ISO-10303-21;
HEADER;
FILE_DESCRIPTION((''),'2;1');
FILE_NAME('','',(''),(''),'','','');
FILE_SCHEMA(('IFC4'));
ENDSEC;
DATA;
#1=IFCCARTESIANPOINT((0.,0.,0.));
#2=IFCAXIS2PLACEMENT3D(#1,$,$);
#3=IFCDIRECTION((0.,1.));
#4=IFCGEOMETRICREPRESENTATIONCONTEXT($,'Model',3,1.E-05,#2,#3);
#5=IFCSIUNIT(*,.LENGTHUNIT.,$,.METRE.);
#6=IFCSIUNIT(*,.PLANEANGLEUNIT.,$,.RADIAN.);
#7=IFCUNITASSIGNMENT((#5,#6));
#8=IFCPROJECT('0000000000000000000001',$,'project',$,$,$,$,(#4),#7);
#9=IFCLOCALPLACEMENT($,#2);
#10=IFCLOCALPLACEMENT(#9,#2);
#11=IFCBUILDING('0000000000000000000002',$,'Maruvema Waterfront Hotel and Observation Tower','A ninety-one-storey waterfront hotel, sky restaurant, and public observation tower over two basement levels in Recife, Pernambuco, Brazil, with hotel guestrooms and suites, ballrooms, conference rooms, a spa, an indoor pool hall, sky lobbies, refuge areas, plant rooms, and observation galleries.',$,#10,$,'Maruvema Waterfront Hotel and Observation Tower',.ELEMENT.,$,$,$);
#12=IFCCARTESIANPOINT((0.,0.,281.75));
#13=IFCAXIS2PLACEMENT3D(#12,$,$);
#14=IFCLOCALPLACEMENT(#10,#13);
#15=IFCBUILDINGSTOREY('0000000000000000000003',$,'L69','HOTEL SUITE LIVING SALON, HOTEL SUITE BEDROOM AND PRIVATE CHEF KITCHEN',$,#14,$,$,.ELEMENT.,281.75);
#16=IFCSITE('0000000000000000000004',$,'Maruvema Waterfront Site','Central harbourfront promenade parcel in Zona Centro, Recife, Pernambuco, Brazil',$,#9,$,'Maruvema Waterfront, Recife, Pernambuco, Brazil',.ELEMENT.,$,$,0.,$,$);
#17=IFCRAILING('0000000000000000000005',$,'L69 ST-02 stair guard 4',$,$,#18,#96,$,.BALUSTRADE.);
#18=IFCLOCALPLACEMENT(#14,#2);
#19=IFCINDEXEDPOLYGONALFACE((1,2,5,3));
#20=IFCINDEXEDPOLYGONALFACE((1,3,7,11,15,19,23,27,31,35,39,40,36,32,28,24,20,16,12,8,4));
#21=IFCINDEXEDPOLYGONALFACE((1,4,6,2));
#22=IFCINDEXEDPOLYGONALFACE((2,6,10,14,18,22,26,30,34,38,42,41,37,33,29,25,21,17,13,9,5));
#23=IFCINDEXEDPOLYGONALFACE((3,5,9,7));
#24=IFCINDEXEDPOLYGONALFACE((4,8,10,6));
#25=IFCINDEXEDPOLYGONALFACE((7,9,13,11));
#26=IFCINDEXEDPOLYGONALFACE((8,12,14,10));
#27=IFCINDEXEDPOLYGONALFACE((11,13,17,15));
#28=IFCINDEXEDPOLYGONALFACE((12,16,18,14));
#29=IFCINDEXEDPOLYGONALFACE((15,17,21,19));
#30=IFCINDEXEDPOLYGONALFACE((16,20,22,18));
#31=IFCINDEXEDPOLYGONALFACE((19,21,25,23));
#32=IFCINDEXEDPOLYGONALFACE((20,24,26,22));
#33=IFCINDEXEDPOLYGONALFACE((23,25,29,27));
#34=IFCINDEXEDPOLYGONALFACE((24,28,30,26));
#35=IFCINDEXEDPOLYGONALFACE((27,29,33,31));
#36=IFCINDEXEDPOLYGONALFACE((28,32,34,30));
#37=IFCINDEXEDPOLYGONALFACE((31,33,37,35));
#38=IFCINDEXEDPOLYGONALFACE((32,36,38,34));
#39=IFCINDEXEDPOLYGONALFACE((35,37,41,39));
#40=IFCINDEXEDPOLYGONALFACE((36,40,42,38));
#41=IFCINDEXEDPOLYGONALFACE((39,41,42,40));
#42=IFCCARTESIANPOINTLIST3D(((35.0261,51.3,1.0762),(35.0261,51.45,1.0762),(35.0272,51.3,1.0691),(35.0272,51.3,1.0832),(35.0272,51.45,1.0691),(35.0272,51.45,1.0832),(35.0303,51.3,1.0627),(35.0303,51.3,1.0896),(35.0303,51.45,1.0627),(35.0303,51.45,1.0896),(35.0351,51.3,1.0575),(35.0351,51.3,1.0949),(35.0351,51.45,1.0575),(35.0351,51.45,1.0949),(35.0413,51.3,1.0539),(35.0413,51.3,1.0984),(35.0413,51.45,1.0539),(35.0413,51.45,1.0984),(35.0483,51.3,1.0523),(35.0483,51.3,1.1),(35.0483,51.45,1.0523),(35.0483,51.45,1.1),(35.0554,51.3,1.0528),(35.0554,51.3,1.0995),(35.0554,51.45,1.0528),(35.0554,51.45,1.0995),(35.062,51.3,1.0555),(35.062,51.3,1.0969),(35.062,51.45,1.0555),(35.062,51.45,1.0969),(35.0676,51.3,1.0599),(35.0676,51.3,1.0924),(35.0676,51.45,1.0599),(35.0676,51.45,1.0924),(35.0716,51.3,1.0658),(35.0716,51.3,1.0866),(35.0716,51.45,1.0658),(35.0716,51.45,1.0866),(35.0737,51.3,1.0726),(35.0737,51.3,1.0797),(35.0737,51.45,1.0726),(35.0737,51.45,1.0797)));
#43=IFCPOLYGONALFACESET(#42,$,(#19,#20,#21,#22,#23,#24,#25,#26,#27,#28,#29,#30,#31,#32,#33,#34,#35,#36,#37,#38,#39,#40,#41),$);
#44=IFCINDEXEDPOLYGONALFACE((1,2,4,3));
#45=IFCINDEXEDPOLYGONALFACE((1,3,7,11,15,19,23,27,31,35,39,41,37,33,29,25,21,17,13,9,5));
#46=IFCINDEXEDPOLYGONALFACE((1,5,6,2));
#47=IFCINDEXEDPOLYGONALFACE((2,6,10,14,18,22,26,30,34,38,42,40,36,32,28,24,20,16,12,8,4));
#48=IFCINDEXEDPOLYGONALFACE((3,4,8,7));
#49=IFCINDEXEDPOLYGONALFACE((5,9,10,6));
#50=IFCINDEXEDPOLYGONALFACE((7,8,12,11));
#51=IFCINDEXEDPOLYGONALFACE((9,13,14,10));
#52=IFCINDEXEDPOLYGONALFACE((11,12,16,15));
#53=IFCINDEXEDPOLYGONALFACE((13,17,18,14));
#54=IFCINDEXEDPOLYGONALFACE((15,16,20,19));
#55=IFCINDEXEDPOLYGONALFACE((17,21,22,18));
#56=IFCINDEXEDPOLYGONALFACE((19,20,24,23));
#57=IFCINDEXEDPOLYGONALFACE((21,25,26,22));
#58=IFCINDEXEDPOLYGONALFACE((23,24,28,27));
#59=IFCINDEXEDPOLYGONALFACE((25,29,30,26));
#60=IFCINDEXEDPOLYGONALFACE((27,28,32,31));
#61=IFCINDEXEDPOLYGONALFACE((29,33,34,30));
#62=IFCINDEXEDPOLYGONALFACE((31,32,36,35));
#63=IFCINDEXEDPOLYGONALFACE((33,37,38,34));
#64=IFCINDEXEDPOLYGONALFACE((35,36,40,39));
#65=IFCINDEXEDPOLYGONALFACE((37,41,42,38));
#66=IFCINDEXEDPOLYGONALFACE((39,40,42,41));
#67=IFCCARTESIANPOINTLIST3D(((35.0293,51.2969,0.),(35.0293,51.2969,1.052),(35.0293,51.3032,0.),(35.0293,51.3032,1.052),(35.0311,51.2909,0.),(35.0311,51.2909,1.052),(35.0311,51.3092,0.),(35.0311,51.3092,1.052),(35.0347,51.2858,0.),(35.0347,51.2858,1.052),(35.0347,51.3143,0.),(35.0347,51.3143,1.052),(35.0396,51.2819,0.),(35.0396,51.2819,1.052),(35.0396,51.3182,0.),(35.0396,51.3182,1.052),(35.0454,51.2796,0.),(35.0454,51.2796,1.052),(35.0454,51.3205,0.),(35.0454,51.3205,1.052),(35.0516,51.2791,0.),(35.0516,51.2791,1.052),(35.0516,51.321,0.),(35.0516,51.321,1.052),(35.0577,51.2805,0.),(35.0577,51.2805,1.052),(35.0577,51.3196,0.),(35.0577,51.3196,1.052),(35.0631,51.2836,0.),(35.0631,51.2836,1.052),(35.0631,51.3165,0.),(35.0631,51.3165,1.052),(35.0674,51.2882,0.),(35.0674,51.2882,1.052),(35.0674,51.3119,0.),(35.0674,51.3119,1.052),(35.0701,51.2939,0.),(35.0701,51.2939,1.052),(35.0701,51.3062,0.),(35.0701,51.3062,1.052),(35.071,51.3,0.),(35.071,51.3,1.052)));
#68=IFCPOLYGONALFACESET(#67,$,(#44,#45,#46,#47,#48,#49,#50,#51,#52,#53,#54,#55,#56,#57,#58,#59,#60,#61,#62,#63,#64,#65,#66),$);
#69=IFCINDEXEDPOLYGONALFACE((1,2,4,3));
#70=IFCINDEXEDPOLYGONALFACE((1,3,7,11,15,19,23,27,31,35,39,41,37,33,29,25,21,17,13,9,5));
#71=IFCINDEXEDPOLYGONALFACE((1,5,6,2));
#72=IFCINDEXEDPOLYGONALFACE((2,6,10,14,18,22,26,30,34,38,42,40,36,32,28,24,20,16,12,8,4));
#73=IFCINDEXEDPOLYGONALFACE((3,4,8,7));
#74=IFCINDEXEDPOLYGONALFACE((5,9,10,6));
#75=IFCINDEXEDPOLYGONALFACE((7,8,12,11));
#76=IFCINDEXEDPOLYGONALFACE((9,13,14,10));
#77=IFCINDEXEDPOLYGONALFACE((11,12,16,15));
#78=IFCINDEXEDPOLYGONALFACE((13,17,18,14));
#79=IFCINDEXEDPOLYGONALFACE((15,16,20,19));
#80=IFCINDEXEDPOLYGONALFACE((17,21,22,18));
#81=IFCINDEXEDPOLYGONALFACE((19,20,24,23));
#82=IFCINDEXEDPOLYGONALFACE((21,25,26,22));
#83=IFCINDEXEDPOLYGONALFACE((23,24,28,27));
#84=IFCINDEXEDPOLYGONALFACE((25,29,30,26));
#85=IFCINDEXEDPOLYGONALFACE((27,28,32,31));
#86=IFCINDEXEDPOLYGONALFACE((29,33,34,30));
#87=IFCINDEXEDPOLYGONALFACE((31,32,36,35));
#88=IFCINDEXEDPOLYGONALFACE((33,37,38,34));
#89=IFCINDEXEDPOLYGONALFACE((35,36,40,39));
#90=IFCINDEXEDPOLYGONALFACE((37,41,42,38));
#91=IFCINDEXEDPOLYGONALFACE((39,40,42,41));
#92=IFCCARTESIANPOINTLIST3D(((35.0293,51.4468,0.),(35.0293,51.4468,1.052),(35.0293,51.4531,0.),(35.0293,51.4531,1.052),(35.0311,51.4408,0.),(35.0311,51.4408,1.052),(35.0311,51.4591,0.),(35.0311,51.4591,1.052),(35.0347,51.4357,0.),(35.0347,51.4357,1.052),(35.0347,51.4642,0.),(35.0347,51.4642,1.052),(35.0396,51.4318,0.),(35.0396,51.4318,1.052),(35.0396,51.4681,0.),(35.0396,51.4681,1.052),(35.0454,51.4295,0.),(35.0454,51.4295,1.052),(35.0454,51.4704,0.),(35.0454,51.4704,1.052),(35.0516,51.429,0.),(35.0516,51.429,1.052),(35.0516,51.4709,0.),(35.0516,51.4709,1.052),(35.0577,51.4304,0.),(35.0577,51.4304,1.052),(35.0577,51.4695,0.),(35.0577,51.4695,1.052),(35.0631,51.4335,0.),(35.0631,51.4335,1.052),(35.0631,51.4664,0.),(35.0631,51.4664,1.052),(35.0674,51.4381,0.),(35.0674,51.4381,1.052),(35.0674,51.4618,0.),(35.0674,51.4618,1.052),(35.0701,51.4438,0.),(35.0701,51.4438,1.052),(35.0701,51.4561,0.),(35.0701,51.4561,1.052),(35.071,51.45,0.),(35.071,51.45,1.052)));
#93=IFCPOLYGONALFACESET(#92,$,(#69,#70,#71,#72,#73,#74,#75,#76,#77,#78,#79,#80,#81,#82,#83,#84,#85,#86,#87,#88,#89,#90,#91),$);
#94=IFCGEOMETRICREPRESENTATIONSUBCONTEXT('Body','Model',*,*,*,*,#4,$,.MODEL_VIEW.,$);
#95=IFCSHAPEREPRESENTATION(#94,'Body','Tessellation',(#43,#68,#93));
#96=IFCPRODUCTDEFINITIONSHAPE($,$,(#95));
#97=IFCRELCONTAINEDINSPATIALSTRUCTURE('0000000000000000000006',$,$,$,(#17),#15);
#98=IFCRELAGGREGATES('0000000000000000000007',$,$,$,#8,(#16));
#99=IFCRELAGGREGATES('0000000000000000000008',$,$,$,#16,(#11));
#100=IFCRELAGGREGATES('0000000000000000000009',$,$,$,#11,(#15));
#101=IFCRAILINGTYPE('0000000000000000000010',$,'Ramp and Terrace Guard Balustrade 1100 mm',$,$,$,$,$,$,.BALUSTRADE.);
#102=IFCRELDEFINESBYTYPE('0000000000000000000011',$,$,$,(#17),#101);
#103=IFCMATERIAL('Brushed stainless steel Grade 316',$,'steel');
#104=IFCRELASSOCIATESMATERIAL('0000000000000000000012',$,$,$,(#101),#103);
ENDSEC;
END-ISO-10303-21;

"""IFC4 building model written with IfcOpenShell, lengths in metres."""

from ifc_helpers import new_model, si_unit, direction, frame, origin, origin_2d, place, context, subcontext, project, spatial, circle, extrude, material, type_object, element, save


model = new_model("IFC4")

# Units and contexts
model_context = context("Model", 3, precision=1e-05, world=origin(), true_north=direction((0.0, 1.0)))
body_context = subcontext(model_context, "Body", "Model", "MODEL_VIEW")
ifc_project = project(units=[si_unit("LENGTHUNIT", "METRE"), si_unit("PLANEANGLEUNIT", "RADIAN")], contexts=[model_context])

# Site, building, storey
site_placement = place(None, origin())
site = spatial("IfcSite", under=ifc_project, at=site_placement, Name="Maruvema Waterfront Site", Description="Central harbourfront promenade parcel in Zona Centro, Recife, Pernambuco, Brazil", LongName="Maruvema Waterfront, Recife, Pernambuco, Brazil", CompositionType="ELEMENT", RefElevation=0.0)
building_placement = place(site_placement, origin())
building = spatial("IfcBuilding", under=site, at=building_placement, Name="Maruvema Waterfront Hotel and Observation Tower", Description="A ninety-one-storey waterfront hotel, sky restaurant, and public observation tower over two basement levels in Recife, Pernambuco, Brazil, with hotel guestrooms and suites, ballrooms, conference rooms, a spa, an indoor pool hall, sky lobbies, refuge areas, plant rooms, and observation galleries.", LongName="Maruvema Waterfront Hotel and Observation Tower", CompositionType="ELEMENT")
storey_placement = place(building_placement, frame((0.0, 0.0, 281.75)))
storey = spatial("IfcBuildingStorey", under=building, at=storey_placement, Name="L69", Description="HOTEL SUITE LIVING SALON, HOTEL SUITE BEDROOM AND PRIVATE CHEF KITCHEN", CompositionType="ELEMENT", Elevation=281.75)

# Railing
ifc_material_1 = material(Name="Brushed stainless steel Grade 316", Category="steel")
railing_type_1 = type_object("IfcRailingType", Name="Ramp and Terrace Guard Balustrade 1100 mm", PredefinedType="BALUSTRADE", material=ifc_material_1)
railing_1_placement = place(storey_placement, frame((35.05, 51.3, 0.0)))
element("IfcRailing", 1, at=railing_1_placement, inside=storey, type_object=railing_type_1, Name="L69 ST-02 stair guard 4", PredefinedType="BALUSTRADE", context=body_context, shape_type="SweptSolid", body=[
    extrude(circle(Radius=0.0239, at=origin_2d()), frame((0.0, 0.0, 1.0762), z_axis=(0.0, 1.0, 0.0), x_axis=(-1.0, 0.0, 0.0)), (0.0, 0.0, 1.0), 0.1499),
    extrude(circle(Radius=0.021, at=origin_2d()), origin(), (0.0, 0.0, 1.0), 1.052),
    extrude(circle(Radius=0.021, at=origin_2d()), frame((0.0, 0.1499, 0.0)), (0.0, 0.0, 1.0), 1.052),
])

save(model, "model.ifc")
